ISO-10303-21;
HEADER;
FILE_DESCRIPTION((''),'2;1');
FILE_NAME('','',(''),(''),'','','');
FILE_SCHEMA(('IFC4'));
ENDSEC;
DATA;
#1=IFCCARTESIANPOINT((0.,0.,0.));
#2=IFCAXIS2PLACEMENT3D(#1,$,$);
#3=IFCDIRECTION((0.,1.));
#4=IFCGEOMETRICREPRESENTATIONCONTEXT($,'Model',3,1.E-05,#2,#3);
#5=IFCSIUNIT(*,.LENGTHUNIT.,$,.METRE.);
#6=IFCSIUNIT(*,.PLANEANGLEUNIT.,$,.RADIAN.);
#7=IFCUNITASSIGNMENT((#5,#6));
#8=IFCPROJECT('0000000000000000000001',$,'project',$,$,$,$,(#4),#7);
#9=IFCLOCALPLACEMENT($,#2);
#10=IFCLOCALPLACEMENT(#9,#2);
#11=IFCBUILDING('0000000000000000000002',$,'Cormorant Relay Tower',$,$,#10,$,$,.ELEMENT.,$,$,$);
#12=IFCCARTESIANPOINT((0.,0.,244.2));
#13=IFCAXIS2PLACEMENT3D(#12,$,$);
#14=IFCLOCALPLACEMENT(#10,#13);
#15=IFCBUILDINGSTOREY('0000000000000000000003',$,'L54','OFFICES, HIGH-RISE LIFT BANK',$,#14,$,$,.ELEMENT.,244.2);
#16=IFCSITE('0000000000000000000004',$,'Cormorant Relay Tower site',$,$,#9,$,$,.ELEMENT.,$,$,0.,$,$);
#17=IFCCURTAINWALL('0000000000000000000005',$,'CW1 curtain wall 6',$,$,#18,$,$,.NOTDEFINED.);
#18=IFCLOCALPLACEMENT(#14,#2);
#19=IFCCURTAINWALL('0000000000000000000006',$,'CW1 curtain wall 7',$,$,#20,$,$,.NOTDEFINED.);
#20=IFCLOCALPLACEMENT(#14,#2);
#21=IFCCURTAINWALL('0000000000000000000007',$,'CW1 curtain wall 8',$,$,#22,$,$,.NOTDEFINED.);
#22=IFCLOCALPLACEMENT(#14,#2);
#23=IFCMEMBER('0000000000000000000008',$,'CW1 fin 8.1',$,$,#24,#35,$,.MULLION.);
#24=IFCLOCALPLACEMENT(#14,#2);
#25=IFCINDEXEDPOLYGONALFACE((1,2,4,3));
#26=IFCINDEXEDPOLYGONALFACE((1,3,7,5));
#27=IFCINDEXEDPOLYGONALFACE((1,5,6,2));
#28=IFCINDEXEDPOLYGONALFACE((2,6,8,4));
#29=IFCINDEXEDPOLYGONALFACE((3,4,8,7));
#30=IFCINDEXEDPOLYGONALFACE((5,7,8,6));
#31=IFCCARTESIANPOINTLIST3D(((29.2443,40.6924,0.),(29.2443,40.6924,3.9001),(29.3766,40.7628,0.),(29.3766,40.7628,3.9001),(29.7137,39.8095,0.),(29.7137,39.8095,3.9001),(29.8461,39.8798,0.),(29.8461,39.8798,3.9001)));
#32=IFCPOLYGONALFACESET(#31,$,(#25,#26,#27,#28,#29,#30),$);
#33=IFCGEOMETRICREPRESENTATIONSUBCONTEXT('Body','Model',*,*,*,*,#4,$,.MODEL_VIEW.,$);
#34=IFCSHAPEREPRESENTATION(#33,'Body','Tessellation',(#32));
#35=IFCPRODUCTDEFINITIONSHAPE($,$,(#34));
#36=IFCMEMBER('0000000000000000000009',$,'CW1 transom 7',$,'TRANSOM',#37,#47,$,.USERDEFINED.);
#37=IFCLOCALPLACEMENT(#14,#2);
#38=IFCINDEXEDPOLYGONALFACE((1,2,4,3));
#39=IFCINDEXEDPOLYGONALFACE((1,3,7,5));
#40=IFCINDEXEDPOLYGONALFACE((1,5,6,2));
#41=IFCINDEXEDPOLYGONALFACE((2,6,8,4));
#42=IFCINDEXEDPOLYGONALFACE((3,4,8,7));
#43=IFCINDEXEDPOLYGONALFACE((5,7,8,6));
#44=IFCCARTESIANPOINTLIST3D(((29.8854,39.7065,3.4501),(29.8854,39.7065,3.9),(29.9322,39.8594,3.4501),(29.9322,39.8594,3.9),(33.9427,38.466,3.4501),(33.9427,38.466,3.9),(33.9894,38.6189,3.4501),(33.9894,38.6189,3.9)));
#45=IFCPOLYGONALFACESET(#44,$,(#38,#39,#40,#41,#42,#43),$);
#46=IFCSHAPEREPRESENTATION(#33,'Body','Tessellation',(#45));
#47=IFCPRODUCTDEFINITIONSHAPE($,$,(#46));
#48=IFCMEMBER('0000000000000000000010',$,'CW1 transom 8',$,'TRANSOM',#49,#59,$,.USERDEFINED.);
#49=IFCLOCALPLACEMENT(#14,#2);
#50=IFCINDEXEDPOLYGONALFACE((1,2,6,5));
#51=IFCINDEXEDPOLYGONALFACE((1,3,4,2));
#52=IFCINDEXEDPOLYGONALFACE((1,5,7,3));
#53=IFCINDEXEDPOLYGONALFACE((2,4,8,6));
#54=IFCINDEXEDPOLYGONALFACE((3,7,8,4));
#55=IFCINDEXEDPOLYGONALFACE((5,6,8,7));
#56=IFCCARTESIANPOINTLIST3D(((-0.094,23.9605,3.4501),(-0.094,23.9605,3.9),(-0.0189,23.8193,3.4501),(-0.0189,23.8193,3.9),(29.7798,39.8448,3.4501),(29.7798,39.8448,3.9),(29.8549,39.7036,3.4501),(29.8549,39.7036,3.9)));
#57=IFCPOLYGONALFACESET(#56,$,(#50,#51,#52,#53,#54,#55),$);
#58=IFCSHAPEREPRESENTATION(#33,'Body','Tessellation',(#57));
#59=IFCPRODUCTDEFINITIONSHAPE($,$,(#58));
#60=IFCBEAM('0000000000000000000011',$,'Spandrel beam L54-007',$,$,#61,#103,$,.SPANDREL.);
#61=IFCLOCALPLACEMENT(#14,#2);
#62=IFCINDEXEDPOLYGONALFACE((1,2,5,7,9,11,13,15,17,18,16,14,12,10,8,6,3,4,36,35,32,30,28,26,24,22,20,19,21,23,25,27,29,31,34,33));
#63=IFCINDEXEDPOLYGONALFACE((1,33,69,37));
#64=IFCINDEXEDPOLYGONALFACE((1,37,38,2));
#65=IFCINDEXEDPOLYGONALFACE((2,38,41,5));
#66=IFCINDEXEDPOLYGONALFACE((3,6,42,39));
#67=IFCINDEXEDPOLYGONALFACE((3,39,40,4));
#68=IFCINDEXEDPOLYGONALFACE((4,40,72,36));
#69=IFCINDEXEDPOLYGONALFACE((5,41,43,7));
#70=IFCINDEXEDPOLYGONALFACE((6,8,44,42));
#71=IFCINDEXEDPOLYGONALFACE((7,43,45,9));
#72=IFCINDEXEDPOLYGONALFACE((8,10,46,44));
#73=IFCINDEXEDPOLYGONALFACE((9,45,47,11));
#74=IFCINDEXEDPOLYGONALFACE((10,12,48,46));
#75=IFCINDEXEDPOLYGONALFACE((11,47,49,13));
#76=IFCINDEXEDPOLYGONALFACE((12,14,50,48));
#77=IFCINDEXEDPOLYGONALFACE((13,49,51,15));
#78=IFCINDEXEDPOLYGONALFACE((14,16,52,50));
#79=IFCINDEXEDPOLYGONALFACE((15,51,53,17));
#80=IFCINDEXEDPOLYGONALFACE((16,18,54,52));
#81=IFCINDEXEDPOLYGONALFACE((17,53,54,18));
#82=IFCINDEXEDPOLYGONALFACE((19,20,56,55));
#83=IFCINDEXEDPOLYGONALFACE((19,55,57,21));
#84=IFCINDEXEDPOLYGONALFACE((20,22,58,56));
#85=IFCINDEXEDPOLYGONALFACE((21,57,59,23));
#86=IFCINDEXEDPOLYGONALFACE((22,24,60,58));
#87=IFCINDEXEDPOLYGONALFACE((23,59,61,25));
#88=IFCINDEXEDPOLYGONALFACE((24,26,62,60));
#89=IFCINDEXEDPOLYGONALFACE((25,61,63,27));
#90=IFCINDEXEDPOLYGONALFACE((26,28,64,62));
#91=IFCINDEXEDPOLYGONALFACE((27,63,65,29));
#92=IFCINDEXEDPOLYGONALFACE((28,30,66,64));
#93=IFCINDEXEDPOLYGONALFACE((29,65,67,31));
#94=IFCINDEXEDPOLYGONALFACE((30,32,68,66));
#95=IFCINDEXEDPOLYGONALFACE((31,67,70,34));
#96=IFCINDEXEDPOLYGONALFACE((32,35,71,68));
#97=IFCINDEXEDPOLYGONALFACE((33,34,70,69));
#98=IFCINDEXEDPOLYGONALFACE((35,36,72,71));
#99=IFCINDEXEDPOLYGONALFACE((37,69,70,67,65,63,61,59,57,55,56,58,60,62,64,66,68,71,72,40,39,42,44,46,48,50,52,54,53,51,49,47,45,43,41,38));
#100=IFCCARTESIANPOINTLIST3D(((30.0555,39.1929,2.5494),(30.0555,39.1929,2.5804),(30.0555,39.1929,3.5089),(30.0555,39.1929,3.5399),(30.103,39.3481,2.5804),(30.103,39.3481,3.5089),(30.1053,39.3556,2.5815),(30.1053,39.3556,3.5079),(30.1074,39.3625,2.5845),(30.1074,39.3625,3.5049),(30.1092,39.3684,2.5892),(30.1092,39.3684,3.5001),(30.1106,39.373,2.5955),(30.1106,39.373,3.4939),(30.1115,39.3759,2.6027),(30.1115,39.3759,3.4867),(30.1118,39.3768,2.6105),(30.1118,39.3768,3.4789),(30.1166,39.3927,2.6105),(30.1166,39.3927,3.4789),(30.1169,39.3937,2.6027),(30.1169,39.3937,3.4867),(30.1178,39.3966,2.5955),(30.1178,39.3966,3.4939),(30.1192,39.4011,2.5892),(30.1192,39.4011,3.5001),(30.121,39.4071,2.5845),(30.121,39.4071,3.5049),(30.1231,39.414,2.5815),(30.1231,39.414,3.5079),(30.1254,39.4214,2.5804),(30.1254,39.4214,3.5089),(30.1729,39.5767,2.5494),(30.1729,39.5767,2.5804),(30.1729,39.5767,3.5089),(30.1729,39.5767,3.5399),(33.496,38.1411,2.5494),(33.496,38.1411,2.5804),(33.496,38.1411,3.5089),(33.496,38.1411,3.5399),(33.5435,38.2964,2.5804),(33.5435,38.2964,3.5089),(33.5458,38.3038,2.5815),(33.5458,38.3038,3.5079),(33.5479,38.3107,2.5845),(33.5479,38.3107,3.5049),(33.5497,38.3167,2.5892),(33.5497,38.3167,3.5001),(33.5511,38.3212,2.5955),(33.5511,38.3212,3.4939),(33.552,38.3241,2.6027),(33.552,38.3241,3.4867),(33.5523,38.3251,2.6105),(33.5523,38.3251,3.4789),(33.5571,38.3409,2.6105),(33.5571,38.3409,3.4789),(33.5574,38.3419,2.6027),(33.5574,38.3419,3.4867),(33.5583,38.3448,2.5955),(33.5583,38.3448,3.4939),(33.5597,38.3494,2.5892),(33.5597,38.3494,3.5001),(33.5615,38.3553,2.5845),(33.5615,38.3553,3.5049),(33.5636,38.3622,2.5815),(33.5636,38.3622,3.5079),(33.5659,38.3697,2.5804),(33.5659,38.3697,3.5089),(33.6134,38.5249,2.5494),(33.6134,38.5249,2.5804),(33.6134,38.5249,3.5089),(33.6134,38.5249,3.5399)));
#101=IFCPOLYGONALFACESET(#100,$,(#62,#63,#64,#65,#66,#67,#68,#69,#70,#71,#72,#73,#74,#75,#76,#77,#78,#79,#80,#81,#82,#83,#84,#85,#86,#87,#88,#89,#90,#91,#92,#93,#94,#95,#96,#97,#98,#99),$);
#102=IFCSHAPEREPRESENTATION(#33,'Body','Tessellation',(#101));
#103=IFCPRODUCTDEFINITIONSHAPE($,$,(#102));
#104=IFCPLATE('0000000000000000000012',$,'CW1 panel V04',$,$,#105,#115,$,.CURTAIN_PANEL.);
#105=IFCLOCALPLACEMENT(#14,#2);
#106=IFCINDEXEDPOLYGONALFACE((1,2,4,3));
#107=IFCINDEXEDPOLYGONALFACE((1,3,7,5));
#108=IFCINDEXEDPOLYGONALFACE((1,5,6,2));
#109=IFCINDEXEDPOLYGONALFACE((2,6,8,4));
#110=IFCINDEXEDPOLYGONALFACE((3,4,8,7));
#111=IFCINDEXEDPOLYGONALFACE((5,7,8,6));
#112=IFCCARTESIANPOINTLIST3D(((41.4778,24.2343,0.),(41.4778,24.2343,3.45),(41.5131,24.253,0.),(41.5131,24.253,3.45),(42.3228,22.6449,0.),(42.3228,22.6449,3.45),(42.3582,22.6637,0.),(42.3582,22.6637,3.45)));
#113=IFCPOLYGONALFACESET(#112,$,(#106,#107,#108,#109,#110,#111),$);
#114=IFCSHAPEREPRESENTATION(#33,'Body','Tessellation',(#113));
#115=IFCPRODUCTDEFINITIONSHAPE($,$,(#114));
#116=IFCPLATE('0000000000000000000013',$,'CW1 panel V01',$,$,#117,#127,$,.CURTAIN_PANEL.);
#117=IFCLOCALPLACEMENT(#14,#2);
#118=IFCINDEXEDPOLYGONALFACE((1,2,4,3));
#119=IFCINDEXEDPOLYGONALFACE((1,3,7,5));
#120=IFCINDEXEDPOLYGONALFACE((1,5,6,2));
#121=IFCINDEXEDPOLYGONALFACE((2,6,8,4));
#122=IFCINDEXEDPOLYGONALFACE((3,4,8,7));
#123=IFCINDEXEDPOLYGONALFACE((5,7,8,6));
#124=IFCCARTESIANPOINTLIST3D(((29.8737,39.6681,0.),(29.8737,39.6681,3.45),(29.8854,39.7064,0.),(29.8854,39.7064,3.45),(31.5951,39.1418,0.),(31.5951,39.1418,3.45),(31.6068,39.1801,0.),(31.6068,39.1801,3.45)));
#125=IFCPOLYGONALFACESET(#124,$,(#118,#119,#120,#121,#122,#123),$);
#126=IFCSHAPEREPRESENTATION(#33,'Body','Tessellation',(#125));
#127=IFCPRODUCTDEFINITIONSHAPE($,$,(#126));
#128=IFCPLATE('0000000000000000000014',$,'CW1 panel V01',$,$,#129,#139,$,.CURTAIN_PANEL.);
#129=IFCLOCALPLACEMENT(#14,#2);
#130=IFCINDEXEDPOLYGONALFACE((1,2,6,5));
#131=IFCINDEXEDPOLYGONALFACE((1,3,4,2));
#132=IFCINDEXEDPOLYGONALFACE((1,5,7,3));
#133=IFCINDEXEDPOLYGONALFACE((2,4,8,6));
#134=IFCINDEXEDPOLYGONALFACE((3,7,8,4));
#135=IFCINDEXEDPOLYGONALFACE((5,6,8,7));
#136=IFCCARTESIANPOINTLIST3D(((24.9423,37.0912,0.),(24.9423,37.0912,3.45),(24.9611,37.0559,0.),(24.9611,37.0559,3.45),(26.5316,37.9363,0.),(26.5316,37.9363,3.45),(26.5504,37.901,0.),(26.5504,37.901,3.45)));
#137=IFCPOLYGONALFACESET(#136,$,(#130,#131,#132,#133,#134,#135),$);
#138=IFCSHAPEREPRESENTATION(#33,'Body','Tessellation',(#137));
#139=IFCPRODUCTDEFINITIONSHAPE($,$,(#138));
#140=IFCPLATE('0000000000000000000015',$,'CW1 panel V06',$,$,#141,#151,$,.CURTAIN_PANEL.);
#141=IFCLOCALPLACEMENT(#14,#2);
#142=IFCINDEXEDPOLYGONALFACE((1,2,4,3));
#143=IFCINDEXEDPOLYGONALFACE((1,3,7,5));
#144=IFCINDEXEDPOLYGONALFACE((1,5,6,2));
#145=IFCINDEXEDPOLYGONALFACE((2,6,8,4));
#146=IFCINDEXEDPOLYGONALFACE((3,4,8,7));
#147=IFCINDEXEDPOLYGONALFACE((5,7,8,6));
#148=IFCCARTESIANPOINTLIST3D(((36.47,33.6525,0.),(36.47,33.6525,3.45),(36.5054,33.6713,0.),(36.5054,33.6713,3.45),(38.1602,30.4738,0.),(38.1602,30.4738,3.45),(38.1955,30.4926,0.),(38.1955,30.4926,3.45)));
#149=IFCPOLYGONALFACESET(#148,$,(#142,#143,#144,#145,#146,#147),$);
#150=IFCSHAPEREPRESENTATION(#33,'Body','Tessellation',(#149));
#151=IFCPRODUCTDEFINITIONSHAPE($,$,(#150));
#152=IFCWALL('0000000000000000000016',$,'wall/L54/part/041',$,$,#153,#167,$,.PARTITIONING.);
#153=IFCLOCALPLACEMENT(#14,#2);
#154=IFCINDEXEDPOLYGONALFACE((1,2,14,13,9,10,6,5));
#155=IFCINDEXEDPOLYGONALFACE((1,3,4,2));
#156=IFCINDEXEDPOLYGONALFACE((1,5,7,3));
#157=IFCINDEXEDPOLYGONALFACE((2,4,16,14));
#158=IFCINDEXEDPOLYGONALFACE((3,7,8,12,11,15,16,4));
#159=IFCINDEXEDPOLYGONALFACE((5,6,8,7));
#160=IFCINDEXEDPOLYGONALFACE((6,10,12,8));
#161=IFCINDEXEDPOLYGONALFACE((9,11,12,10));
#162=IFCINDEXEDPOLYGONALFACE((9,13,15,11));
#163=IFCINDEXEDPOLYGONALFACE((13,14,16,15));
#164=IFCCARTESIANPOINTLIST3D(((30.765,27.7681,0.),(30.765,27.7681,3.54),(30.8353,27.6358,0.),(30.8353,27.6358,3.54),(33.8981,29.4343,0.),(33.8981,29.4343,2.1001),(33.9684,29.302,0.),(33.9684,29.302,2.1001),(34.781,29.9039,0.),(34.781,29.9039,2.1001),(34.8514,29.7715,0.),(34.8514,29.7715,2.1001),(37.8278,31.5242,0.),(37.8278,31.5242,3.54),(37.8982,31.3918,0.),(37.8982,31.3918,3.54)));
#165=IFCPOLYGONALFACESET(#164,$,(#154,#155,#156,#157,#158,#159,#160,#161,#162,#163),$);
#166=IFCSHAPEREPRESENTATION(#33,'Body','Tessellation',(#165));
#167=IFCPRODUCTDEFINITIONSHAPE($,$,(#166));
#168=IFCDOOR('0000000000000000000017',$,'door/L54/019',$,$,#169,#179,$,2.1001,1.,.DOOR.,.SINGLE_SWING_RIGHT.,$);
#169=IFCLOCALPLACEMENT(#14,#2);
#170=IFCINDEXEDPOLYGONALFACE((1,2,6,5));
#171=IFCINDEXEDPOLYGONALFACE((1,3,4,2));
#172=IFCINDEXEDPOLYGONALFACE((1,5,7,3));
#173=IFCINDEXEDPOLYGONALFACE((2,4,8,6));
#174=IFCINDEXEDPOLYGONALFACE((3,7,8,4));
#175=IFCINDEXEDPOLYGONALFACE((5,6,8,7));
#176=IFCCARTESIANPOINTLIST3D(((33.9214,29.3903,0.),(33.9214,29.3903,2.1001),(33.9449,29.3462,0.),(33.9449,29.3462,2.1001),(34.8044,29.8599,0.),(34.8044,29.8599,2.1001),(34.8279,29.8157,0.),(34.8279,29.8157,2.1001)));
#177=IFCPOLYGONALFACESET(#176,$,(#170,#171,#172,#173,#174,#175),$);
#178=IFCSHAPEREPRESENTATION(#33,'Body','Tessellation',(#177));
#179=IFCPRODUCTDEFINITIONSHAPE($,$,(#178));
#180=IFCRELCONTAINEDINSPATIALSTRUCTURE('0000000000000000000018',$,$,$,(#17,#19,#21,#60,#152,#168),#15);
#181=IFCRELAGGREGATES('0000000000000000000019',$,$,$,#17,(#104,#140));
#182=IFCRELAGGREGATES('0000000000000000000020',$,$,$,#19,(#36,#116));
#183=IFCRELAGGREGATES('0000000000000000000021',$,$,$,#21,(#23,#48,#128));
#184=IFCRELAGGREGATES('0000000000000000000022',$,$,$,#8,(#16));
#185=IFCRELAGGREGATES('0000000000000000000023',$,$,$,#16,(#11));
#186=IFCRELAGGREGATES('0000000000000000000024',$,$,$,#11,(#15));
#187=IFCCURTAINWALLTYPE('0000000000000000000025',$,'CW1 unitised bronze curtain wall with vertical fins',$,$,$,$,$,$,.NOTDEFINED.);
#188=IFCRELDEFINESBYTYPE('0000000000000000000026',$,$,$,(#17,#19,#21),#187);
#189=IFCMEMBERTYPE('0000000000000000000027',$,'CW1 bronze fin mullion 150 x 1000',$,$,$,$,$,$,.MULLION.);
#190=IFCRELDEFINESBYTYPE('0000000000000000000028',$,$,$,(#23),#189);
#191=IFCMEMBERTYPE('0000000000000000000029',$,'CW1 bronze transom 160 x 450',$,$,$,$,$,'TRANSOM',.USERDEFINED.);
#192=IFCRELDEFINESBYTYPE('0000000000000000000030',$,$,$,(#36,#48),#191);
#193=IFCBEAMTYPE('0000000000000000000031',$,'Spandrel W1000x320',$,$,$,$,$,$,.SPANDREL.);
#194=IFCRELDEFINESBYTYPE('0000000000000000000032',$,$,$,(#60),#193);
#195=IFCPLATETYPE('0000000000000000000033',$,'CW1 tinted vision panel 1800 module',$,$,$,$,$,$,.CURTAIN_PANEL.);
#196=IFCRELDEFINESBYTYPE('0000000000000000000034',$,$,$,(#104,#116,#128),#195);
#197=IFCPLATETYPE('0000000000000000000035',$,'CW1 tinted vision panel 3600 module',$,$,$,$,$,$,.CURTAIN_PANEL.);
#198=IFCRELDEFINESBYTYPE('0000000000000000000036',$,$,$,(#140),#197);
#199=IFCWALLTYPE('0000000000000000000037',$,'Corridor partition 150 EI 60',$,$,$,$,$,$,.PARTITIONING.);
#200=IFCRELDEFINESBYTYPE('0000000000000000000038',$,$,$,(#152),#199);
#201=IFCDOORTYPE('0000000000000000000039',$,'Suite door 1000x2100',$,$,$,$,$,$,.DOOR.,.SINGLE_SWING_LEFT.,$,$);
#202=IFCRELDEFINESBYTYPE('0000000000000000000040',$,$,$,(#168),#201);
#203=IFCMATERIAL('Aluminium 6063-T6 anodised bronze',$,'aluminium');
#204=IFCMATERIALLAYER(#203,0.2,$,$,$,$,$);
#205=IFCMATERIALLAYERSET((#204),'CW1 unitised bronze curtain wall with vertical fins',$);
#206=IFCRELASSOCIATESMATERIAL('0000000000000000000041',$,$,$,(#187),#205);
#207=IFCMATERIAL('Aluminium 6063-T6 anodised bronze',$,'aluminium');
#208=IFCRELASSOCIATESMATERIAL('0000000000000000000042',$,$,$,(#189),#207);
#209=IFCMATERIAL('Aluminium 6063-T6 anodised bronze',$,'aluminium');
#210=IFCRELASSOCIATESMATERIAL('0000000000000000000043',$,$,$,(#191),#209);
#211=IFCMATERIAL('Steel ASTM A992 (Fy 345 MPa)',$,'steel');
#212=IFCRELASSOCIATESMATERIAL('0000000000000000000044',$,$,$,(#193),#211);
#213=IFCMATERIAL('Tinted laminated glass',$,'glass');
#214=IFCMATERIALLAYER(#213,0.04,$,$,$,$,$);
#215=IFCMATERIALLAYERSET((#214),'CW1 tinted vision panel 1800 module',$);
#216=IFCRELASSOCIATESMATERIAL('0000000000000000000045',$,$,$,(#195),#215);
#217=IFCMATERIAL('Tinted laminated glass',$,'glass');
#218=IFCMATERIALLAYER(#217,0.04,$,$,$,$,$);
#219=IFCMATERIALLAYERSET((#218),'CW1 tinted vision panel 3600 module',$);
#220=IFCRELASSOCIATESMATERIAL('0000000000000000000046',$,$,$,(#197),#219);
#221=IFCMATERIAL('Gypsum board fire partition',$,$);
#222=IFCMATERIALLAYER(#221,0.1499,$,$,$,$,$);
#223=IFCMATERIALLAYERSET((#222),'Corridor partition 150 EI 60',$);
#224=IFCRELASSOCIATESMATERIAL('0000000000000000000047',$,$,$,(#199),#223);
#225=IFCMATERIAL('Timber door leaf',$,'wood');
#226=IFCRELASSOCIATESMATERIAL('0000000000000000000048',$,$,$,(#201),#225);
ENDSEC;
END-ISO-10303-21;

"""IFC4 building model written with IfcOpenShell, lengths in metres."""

from ifc_helpers import new_model, si_unit, direction, frame, frame_2d, origin, origin_2d, place, context, subcontext, project, spatial, rectangle, i_section, extrude, material, layer, layer_set, material_profile, profile_set, type_object, element, fill, aggregate, save


model = new_model("IFC4")

# Units and contexts
model_context = context("Model", 3, precision=1e-05, world=origin(), true_north=direction((0.0, 1.0)))
body_context = subcontext(model_context, "Body", "Model", "MODEL_VIEW")
ifc_project = project(units=[si_unit("LENGTHUNIT", "METRE"), si_unit("PLANEANGLEUNIT", "RADIAN")], contexts=[model_context])

# Site, building, storey
site_placement = place(None, origin())
site = spatial("IfcSite", under=ifc_project, at=site_placement, Name="Cormorant Relay Tower site", CompositionType="ELEMENT", RefElevation=0.0)
building_placement = place(site_placement, origin())
building = spatial("IfcBuilding", under=site, at=building_placement, Name="Cormorant Relay Tower", CompositionType="ELEMENT")
storey_placement = place(building_placement, frame((0.0, 0.0, 244.2)))
storey = spatial("IfcBuildingStorey", under=building, at=storey_placement, Name="L54", Description="OFFICES, HIGH-RISE LIFT BANK", CompositionType="ELEMENT", Elevation=244.2)

# Curtain wall
ifc_material_1 = material(Name="Aluminium 6063-T6 anodised bronze", Category="aluminium")
ifc_layer_1 = layer(ifc_material_1, 0.2)
ifc_layer_set_1 = layer_set([ifc_layer_1], Name="CW1 unitised bronze curtain wall with vertical fins")
curtain_wall_type = type_object("IfcCurtainWallType", Name="CW1 unitised bronze curtain wall with vertical fins", PredefinedType="NOTDEFINED", material=ifc_layer_set_1)
curtain_wall_1_placement = place(storey_placement, origin())
curtain_wall_1 = element("IfcCurtainWall", 1, at=curtain_wall_1_placement, inside=storey, type_object=curtain_wall_type, Name="CW1 curtain wall 6", PredefinedType="NOTDEFINED")
ifc_material_2 = material(Name="Aluminium 6063-T6 anodised bronze", Category="aluminium")
ifc_material_profile_1 = material_profile(ifc_material_2, rectangle(XDim=0.1499, YDim=1.0, at=origin_2d()), Name="AL 150x1000")
ifc_profile_set_1 = profile_set([ifc_material_profile_1], Name="Aluminium 6063-T6 anodised bronze")
member_type_1 = type_object("IfcMemberType", Name="CW1 bronze fin mullion 150 x 1000", PredefinedType="MULLION", material=ifc_profile_set_1)

# Curtain walls, member
curtain_wall_2_placement = place(storey_placement, origin())
curtain_wall_2 = element("IfcCurtainWall", 2, at=curtain_wall_2_placement, inside=storey, type_object=curtain_wall_type, Name="CW1 curtain wall 7", PredefinedType="NOTDEFINED")
curtain_wall_3_placement = place(storey_placement, origin())
curtain_wall_3 = element("IfcCurtainWall", 3, at=curtain_wall_3_placement, inside=storey, type_object=curtain_wall_type, Name="CW1 curtain wall 8", PredefinedType="NOTDEFINED")
member_1_placement = place(storey_placement, frame((29.5452, 40.2861, 0.0), z_axis=(0.0, 0.0, 1.0), x_axis=(-0.882948, -0.469472, 0.0)))
member_1 = element("IfcMember", 4, at=member_1_placement, type_object=member_type_1, Name="CW1 fin 8.1", PredefinedType="MULLION", context=body_context, shape_type="SweptSolid", body=[
    extrude(rectangle(XDim=0.1499, YDim=1.0, at=origin_2d()), origin(), (0.0, 0.0, 1.0), 3.9001),
])

# Members
ifc_material_3 = material(Name="Aluminium 6063-T6 anodised bronze", Category="aluminium")
ifc_material_profile_2 = material_profile(ifc_material_3, rectangle(XDim=0.1599, YDim=0.45, at=origin_2d()), Name="AL 160x450")
ifc_profile_set_2 = profile_set([ifc_material_profile_2], Name="Aluminium 6063-T6 anodised bronze")
member_type_2 = type_object("IfcMemberType", Name="CW1 bronze transom 160 x 450", ElementType="TRANSOM", PredefinedType="USERDEFINED", material=ifc_profile_set_2)
member_2_placement = place(storey_placement, frame((33.9661, 38.5425, 3.675), z_axis=(-0.956304, 0.292375, 0.0), x_axis=(-0.292375, -0.956304, 0.0)))
member_2 = element("IfcMember", 5, at=member_2_placement, type_object=member_type_2, Name="CW1 transom 7", ObjectType="TRANSOM", PredefinedType="USERDEFINED", context=body_context, shape_type="SweptSolid", body=[
    extrude(rectangle(XDim=0.1599, YDim=0.45, at=origin_2d()), origin(), (0.0, 0.0, 1.0), 4.2427),
])
member_3_placement = place(storey_placement, frame((29.8174, 39.7742, 3.675), z_axis=(-0.882946, -0.469474, 0.0), x_axis=(0.469474, -0.882946, 0.0)))
member_3 = element("IfcMember", 6, at=member_3_placement, type_object=member_type_2, Name="CW1 transom 8", ObjectType="TRANSOM", PredefinedType="USERDEFINED", context=body_context, shape_type="SweptSolid", body=[
    extrude(rectangle(XDim=0.1599, YDim=0.45, at=origin_2d()), origin(), (0.0, 0.0, 1.0), 33.8342),
])

# Beam
ifc_material_4 = material(Name="Steel ASTM A992 (Fy 345 MPa)", Category="steel")
ifc_material_profile_3 = material_profile(ifc_material_4, i_section(OverallWidth=0.4014, OverallDepth=0.9905, WebThickness=0.0166, FlangeThickness=0.031, FilletRadius=0.03, at=origin_2d()), Name="W1000x320")
ifc_profile_set_3 = profile_set([ifc_material_profile_3], Name="Steel ASTM A992 (Fy 345 MPa)")
beam_type = type_object("IfcBeamType", Name="Spandrel W1000x320", PredefinedType="SPANDREL", material=ifc_profile_set_3)
beam_placement = place(storey_placement, frame((33.5547, 38.333, 3.0447), z_axis=(-0.956312, 0.29235, 0.0), x_axis=(-0.29235, -0.956312, 0.0)))
element("IfcBeam", 7, at=beam_placement, inside=storey, type_object=beam_type, Name="Spandrel beam L54-007", PredefinedType="SPANDREL", context=body_context, shape_type="SweptSolid", body=[
    extrude(i_section(OverallWidth=0.4014, OverallDepth=0.9905, WebThickness=0.0166, FlangeThickness=0.031, FilletRadius=0.03, at=origin_2d()), origin(), (0.0, 0.0, 1.0), 3.5977),
])

# Plates
ifc_material_5 = material(Name="Tinted laminated glass", Category="glass")
ifc_layer_2 = layer(ifc_material_5, 0.04)
ifc_layer_set_2 = layer_set([ifc_layer_2], Name="CW1 tinted vision panel 1800 module")
plate_type_1 = type_object("IfcPlateType", Name="CW1 tinted vision panel 1800 module", PredefinedType="CURTAIN_PANEL", material=ifc_layer_set_2)
plate_1_placement = place(storey_placement, frame((41.918, 23.449, 0.0), z_axis=(0.0, 0.0, 1.0), x_axis=(-0.469472, 0.882948, 0.0)))
plate_1 = element("IfcPlate", 8, at=plate_1_placement, type_object=plate_type_1, Name="CW1 panel V04", PredefinedType="CURTAIN_PANEL", context=body_context, shape_type="SweptSolid", body=[
    extrude(rectangle(XDim=1.8, YDim=0.04, at=origin_2d()), origin(), (0.0, 0.0, 1.0), 3.45),
])
plate_2_placement = place(storey_placement, frame((30.7402, 39.4241, 0.0), z_axis=(0.0, 0.0, 1.0), x_axis=(-0.956305, 0.292372, 0.0)))
plate_2 = element("IfcPlate", 9, at=plate_2_placement, type_object=plate_type_1, Name="CW1 panel V01", PredefinedType="CURTAIN_PANEL", context=body_context, shape_type="SweptSolid", body=[
    extrude(rectangle(XDim=1.8, YDim=0.04, at=origin_2d()), origin(), (0.0, 0.0, 1.0), 3.45),
])
plate_3_placement = place(storey_placement, frame((25.7463, 37.4961, 0.0), z_axis=(0.0, 0.0, 1.0), x_axis=(-0.882948, -0.469472, 0.0)))
plate_3 = element("IfcPlate", 10, at=plate_3_placement, type_object=plate_type_1, Name="CW1 panel V01", PredefinedType="CURTAIN_PANEL", context=body_context, shape_type="SweptSolid", body=[
    extrude(rectangle(XDim=1.8, YDim=0.04, at=origin_2d()), origin(), (0.0, 0.0, 1.0), 3.45),
])
ifc_material_6 = material(Name="Tinted laminated glass", Category="glass")
ifc_layer_3 = layer(ifc_material_6, 0.04)
ifc_layer_set_3 = layer_set([ifc_layer_3], Name="CW1 tinted vision panel 3600 module")
plate_type_2 = type_object("IfcPlateType", Name="CW1 tinted vision panel 3600 module", PredefinedType="CURTAIN_PANEL", material=ifc_layer_set_3)
plate_4_placement = place(storey_placement, frame((37.3328, 32.0725, 0.0), z_axis=(0.0, 0.0, 1.0), x_axis=(-0.469472, 0.882948, 0.0)))
plate_4 = element("IfcPlate", 11, at=plate_4_placement, type_object=plate_type_2, Name="CW1 panel V06", PredefinedType="CURTAIN_PANEL", context=body_context, shape_type="SweptSolid", body=[
    extrude(rectangle(XDim=3.6001, YDim=0.04, at=origin_2d()), origin(), (0.0, 0.0, 1.0), 3.45),
])

# Wall, opening, door
ifc_material_7 = material(Name="Gypsum board fire partition")
ifc_layer_4 = layer(ifc_material_7, 0.1499)
ifc_layer_set_4 = layer_set([ifc_layer_4], Name="Corridor partition 150 EI 60")
wall_type_1 = type_object("IfcWallType", Name="Corridor partition 150 EI 60", PredefinedType="PARTITIONING", material=ifc_layer_set_4)
wall_1_placement = place(storey_placement, frame((37.863, 31.458, 0.0), z_axis=(0.0, 0.0, 1.0), x_axis=(-0.882914, -0.469535, 0.0)))
wall_1 = element("IfcWall", 12, at=wall_1_placement, inside=storey, type_object=wall_type_1, Name="wall/L54/part/041", PredefinedType="PARTITIONING", context=body_context, shape_type="SweptSolid", body=[
    extrude(rectangle(XDim=7.9995, YDim=0.1499, at=frame_2d((3.9998, 0.0))), origin(), (0.0, 0.0, 1.0), 3.54),
])
opening_1_placement = place(wall_1_placement, frame((3.4509, 0.0, 0.0)))
opening_1 = element("IfcOpeningElement", 13, at=opening_1_placement, cuts=wall_1, PredefinedType="OPENING", context=body_context, shape_type="SweptSolid", body=[
    extrude(rectangle(XDim=1.0, YDim=2.1001, at=frame_2d((0.5, 1.05))), frame((0.0, 0.085, 0.0), z_axis=(0.0, -1.0, 0.0), x_axis=(1.0, 0.0, 0.0)), (0.0, 0.0, 1.0), 0.1699),
])
ifc_material_8 = material(Name="Timber door leaf", Category="wood")
door_type = type_object("IfcDoorType", Name="Suite door 1000x2100", OperationType="SINGLE_SWING_LEFT", PredefinedType="DOOR", material=ifc_material_8)
door_1_placement = place(opening_1_placement, origin())
door_1 = element("IfcDoor", 14, at=door_1_placement, inside=storey, type_object=door_type, Name="door/L54/019", OperationType="SINGLE_SWING_RIGHT", OverallHeight=2.1001, OverallWidth=1.0, PredefinedType="DOOR", context=body_context, shape_type="SweptSolid", body=[
    extrude(rectangle(XDim=1.0, YDim=2.1001, at=frame_2d((0.5, 1.05))), frame((0.0, 0.0249, 0.0), z_axis=(0.0, -1.0, 0.0), x_axis=(1.0, 0.0, 0.0)), (0.0, 0.0, 1.0), 0.05),
])
fill(opening_1, door_1)

aggregate(curtain_wall_1, [plate_1, plate_4])
aggregate(curtain_wall_2, [member_2, plate_2])
aggregate(curtain_wall_3, [member_1, member_3, plate_3])

save(model, "model.ifc")
